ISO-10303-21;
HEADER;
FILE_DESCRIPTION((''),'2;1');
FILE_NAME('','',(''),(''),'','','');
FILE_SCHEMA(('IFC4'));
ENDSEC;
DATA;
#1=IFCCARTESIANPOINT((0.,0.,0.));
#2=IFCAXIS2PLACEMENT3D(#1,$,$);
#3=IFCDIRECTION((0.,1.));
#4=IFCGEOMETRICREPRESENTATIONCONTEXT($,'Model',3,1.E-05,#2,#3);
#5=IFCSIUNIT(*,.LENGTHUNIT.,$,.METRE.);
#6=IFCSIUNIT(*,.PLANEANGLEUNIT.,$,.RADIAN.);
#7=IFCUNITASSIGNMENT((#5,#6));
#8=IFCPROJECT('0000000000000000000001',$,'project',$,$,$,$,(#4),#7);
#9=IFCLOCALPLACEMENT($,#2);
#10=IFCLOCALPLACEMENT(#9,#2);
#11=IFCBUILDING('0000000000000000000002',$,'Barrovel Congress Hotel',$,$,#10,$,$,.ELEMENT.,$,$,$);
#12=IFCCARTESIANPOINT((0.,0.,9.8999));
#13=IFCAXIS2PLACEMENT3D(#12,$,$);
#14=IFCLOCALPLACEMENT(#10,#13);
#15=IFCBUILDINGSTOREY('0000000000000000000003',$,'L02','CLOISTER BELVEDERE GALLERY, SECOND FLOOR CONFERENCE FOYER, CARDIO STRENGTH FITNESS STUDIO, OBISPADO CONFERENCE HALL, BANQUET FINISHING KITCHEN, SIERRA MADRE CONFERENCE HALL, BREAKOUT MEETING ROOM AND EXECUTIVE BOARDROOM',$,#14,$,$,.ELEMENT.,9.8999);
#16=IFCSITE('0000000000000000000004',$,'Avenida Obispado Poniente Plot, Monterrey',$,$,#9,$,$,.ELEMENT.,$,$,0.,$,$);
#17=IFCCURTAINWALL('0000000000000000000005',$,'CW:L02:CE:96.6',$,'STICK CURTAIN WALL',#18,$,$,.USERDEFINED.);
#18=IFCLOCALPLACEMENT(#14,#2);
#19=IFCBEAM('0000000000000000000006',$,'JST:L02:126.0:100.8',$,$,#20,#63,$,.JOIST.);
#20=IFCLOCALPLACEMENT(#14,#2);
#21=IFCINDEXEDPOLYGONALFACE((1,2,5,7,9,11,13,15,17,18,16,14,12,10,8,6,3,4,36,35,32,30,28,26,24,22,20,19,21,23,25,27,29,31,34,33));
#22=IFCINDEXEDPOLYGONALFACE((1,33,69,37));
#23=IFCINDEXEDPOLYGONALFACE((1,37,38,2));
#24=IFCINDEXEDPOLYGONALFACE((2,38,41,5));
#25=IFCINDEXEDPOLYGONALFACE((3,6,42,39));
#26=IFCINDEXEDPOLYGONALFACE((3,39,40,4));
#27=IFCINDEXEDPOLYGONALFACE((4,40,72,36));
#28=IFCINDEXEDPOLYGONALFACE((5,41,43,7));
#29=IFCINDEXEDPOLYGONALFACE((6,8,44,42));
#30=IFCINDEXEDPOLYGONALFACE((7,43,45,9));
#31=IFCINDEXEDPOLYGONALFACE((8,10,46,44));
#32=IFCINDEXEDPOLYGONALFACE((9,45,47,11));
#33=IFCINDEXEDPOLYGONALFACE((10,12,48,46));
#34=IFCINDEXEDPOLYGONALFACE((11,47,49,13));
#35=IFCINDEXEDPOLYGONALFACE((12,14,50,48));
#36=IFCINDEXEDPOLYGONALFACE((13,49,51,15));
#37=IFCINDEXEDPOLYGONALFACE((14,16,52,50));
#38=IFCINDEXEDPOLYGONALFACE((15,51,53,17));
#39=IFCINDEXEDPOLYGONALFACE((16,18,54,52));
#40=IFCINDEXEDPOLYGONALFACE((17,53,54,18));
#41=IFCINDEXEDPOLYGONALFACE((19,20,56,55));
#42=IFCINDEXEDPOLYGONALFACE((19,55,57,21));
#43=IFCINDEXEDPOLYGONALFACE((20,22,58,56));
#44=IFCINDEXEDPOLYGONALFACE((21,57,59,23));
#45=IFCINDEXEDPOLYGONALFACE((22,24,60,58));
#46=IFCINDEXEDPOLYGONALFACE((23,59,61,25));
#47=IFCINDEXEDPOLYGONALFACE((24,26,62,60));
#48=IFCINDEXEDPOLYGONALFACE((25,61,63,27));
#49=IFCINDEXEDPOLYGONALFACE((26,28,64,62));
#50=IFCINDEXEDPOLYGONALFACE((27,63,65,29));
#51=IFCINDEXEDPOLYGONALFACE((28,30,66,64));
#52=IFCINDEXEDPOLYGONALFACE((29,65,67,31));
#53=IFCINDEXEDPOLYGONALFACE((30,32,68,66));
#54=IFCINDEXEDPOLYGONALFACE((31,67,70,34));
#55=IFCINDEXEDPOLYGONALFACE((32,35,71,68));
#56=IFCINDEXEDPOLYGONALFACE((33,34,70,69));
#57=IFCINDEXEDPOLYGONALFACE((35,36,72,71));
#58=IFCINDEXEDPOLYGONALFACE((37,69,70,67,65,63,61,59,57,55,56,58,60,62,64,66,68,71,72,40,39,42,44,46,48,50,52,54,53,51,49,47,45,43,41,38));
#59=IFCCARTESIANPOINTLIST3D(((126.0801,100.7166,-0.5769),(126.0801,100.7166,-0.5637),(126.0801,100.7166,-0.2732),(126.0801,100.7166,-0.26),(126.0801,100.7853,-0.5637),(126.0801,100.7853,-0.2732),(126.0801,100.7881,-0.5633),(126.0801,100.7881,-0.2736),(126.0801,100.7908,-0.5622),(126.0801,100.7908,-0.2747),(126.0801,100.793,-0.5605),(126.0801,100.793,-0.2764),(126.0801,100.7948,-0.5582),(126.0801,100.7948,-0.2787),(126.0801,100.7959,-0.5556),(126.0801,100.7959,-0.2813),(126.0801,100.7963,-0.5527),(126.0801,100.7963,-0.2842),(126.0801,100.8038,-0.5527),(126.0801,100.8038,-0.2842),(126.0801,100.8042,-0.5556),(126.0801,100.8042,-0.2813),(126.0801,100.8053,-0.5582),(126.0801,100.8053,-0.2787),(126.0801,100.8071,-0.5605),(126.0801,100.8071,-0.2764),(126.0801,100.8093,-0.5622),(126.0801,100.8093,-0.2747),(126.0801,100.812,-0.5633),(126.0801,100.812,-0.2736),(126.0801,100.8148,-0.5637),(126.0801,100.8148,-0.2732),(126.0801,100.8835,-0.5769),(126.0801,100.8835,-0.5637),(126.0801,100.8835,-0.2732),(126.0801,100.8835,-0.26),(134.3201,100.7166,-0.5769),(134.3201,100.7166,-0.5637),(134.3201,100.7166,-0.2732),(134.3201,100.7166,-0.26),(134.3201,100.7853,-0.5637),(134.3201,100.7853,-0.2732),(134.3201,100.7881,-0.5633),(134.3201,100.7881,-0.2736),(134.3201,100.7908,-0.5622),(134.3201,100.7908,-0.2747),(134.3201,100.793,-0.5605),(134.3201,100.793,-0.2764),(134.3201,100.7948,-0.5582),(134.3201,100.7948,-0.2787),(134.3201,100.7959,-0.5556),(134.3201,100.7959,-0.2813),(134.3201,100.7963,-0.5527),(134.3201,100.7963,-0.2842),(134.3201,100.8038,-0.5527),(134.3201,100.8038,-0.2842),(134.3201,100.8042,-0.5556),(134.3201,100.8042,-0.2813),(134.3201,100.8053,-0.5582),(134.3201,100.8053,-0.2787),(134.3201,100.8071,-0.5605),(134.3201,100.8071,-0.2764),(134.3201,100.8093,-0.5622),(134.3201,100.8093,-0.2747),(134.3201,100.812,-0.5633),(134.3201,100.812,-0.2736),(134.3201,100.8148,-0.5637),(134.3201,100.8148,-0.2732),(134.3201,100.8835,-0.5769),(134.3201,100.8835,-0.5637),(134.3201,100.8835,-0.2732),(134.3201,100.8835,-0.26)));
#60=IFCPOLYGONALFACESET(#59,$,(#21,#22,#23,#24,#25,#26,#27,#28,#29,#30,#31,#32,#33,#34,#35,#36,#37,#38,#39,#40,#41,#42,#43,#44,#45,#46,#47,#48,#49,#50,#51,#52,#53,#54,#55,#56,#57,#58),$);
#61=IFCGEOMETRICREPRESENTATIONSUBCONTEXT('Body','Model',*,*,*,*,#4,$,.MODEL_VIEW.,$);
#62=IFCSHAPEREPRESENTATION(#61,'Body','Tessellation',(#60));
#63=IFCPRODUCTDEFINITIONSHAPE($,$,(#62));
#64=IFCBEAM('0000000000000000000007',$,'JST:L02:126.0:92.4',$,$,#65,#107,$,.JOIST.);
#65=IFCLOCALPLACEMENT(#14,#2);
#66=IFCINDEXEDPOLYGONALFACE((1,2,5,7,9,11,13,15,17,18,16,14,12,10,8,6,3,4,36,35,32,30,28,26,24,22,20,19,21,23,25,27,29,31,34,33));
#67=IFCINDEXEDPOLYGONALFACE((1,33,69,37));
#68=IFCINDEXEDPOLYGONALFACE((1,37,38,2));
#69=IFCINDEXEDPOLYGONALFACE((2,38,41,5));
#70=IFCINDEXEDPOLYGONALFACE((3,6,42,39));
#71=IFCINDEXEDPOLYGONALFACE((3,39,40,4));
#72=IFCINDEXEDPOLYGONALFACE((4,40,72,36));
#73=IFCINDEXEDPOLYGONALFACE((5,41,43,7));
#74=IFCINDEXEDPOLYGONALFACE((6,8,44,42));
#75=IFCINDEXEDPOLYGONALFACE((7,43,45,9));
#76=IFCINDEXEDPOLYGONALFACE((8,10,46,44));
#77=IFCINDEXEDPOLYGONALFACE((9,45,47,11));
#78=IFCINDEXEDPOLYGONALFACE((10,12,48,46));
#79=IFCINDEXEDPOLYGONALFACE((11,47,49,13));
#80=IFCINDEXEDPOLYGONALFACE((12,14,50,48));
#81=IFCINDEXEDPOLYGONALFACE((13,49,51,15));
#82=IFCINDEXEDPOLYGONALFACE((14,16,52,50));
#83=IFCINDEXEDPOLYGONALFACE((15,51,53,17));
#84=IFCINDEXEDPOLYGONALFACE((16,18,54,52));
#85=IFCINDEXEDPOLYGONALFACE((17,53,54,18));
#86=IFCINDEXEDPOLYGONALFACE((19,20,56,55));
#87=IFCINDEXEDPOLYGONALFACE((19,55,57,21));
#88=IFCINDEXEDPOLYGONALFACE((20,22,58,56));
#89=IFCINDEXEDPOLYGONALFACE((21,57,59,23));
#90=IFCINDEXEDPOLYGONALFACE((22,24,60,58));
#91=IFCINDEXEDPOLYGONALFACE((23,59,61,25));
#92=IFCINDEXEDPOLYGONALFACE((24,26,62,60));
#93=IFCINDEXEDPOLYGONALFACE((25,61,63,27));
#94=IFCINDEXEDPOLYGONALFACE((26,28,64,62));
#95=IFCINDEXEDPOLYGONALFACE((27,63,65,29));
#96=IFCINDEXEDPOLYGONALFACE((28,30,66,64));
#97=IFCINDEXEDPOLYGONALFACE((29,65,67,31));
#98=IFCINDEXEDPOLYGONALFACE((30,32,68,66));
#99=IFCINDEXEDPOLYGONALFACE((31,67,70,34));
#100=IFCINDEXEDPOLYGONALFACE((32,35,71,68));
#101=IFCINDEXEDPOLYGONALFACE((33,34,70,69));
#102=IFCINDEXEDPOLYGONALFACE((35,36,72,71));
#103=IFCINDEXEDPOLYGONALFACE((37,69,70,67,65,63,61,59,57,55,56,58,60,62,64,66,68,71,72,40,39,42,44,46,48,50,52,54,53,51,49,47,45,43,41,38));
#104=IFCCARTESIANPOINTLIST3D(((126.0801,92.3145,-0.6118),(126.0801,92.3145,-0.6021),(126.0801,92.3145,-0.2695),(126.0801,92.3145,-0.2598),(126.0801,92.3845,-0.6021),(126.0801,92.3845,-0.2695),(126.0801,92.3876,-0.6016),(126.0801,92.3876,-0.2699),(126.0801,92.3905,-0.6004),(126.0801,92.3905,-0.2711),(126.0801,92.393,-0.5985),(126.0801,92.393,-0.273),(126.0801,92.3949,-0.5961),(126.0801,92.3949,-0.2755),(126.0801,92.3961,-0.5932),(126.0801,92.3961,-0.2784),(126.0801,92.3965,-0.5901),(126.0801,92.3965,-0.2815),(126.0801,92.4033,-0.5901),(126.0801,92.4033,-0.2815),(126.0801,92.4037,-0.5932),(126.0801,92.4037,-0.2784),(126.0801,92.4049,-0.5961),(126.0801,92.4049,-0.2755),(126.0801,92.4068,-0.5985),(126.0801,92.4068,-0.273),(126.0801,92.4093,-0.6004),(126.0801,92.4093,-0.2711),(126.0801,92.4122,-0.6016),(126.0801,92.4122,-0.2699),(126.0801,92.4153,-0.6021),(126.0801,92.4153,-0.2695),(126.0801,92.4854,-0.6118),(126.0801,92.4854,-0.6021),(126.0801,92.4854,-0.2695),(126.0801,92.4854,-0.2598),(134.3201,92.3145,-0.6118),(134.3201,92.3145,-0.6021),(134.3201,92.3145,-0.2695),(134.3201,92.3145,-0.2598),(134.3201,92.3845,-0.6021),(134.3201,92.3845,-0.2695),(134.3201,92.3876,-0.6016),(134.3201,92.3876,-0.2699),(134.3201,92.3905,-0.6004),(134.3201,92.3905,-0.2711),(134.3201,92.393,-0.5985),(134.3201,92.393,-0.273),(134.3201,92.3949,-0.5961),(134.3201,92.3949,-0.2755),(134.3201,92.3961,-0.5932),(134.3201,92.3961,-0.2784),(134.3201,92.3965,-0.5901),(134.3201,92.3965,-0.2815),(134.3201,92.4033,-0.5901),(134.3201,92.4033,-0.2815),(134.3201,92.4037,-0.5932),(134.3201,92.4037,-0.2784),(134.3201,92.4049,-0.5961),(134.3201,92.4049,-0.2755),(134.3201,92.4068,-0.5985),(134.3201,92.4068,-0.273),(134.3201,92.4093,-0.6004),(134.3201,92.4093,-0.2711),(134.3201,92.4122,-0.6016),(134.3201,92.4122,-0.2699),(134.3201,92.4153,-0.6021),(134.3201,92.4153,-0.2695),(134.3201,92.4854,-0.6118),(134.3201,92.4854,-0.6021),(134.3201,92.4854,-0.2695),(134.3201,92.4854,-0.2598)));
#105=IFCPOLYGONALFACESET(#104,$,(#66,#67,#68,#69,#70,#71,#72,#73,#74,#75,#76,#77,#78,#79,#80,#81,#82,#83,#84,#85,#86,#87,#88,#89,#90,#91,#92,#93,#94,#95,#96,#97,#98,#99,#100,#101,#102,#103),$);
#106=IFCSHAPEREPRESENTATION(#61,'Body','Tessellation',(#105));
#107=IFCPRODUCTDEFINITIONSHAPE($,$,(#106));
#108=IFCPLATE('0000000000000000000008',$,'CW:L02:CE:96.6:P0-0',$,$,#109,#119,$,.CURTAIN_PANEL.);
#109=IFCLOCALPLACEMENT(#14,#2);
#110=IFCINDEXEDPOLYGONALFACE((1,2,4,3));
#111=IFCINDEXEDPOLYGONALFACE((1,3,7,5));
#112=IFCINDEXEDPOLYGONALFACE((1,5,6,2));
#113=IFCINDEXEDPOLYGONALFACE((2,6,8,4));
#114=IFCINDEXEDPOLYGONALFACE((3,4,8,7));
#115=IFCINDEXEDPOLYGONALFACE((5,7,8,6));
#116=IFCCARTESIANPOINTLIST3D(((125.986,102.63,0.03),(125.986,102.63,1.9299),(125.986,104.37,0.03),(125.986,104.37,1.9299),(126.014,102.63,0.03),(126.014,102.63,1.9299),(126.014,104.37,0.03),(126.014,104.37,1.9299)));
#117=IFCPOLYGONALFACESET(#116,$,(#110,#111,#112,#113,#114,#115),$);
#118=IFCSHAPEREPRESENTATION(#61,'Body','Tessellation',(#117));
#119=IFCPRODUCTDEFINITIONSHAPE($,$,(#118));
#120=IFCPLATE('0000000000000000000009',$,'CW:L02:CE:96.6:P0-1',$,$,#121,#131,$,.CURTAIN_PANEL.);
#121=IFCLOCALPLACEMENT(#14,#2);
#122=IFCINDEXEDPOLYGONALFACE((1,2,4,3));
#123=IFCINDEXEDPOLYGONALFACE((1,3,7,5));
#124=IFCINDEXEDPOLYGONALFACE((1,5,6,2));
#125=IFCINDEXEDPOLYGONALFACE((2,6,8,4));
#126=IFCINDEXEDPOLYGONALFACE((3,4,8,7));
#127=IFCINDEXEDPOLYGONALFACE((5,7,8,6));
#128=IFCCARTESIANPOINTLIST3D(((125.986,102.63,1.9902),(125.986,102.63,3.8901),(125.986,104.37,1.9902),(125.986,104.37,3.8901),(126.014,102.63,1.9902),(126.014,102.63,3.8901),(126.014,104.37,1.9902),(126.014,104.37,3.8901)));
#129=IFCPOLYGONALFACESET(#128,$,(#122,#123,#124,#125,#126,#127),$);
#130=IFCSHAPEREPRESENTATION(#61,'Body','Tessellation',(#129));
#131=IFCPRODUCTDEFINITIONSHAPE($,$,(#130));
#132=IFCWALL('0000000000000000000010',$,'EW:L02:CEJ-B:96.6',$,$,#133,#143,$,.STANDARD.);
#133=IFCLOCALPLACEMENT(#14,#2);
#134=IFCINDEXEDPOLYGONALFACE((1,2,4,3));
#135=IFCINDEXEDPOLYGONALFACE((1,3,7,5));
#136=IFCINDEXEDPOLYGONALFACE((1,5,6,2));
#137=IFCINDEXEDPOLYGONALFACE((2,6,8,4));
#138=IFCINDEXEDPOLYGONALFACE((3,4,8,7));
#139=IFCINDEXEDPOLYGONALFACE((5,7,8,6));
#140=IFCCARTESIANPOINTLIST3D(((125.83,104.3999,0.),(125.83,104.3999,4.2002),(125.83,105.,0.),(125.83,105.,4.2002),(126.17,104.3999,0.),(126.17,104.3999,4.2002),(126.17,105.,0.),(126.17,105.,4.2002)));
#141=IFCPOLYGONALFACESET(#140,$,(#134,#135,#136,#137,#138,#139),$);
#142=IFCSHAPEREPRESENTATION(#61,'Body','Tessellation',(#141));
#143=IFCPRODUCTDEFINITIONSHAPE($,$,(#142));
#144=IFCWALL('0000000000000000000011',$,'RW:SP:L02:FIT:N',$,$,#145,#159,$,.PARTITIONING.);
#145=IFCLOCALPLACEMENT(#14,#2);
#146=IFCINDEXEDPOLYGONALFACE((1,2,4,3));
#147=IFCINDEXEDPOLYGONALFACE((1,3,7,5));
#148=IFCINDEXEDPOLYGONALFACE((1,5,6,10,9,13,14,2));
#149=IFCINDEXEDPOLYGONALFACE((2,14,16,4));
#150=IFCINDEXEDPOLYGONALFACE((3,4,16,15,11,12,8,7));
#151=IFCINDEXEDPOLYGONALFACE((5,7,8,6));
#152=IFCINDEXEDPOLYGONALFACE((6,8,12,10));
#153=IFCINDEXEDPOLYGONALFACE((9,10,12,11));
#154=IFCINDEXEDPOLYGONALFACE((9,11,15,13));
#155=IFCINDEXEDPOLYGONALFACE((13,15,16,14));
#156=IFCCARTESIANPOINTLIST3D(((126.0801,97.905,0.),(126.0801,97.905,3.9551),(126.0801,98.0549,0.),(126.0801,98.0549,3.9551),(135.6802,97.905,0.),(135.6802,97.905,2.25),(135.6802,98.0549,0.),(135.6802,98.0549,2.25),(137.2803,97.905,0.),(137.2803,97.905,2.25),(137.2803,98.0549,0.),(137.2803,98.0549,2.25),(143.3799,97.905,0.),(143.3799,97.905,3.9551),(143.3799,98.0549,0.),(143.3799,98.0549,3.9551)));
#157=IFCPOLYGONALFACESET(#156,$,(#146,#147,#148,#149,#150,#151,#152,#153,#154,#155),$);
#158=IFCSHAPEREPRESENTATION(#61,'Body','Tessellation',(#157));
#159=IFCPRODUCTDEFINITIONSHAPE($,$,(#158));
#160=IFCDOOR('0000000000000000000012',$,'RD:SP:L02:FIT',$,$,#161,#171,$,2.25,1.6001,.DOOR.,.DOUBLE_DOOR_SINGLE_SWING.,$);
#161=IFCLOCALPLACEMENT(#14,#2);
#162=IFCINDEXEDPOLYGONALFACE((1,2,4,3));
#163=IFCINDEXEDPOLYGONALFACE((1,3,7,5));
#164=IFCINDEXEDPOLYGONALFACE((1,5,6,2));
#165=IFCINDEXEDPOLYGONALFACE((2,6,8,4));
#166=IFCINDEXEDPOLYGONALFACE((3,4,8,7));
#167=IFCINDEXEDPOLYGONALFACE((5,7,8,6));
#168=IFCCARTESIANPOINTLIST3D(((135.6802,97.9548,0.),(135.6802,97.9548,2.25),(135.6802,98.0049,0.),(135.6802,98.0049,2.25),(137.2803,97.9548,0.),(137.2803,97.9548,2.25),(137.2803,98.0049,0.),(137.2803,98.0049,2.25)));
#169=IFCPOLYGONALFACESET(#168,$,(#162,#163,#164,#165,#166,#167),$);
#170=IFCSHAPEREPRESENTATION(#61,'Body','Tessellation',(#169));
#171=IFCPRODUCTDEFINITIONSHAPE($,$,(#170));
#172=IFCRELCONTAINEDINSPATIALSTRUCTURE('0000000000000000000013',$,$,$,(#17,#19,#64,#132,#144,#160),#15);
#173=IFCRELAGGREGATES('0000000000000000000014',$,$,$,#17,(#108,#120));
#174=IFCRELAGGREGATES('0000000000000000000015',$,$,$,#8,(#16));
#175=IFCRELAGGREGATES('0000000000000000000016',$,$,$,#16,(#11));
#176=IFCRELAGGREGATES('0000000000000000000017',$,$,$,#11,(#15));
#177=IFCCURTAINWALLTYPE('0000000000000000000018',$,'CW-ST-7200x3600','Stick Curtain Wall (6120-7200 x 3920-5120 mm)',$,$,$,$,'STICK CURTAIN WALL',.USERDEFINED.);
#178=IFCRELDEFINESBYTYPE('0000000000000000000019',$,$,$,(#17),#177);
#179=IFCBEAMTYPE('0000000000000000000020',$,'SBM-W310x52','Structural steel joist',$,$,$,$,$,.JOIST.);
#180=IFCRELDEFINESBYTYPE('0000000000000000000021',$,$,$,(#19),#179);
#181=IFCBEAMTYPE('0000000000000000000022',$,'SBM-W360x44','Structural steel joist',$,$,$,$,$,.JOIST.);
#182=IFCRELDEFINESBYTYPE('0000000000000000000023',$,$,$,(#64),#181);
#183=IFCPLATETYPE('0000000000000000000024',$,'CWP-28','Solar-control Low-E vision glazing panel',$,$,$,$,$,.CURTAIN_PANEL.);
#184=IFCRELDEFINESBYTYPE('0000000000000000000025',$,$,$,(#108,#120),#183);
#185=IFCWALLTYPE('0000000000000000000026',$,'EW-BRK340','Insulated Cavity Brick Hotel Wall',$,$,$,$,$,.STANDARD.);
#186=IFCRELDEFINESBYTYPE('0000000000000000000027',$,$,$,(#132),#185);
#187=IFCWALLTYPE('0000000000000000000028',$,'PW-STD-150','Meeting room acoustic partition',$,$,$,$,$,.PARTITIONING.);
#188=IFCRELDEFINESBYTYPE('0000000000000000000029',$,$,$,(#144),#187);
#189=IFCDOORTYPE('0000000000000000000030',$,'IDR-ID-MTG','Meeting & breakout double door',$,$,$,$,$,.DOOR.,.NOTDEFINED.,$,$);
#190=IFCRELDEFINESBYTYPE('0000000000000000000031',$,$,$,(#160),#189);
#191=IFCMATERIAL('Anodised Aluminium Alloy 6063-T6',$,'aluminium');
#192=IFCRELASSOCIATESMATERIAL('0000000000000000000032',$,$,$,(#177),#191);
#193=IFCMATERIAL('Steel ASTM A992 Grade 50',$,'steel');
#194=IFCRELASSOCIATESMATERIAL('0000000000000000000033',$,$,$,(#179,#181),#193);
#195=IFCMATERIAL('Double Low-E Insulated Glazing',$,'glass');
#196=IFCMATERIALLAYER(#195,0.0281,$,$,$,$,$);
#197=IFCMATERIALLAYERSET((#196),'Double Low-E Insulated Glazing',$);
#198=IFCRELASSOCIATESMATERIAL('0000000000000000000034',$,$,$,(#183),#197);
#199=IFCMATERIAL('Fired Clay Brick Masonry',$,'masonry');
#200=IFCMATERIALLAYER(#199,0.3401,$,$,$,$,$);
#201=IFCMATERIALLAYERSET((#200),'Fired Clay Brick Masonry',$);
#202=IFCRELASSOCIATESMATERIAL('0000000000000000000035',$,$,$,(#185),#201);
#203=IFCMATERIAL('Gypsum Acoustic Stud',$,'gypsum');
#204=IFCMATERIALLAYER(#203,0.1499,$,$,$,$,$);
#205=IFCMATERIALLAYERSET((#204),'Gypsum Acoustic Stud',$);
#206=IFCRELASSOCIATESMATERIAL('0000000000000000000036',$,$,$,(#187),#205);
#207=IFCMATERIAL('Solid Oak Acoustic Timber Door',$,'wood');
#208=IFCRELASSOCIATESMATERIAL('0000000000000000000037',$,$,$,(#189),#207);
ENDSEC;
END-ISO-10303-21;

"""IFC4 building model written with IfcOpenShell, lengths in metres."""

from ifc_helpers import new_model, si_unit, direction, frame, frame_2d, origin, origin_2d, place, context, subcontext, project, spatial, rectangle, i_section, extrude, material, layer, layer_set, material_profile, profile_set, type_object, element, fill, aggregate, save


model = new_model("IFC4")

# Units and contexts
model_context = context("Model", 3, precision=1e-05, world=origin(), true_north=direction((0.0, 1.0)))
body_context = subcontext(model_context, "Body", "Model", "MODEL_VIEW")
ifc_project = project(units=[si_unit("LENGTHUNIT", "METRE"), si_unit("PLANEANGLEUNIT", "RADIAN")], contexts=[model_context])

# Site, building, storey
site_placement = place(None, origin())
site = spatial("IfcSite", under=ifc_project, at=site_placement, Name="Avenida Obispado Poniente Plot, Monterrey", CompositionType="ELEMENT", RefElevation=0.0)
building_placement = place(site_placement, origin())
building = spatial("IfcBuilding", under=site, at=building_placement, Name="Barrovel Congress Hotel", CompositionType="ELEMENT")
storey_placement = place(building_placement, frame((0.0, 0.0, 9.8999)))
storey = spatial("IfcBuildingStorey", under=building, at=storey_placement, Name="L02", Description="CLOISTER BELVEDERE GALLERY, SECOND FLOOR CONFERENCE FOYER, CARDIO STRENGTH FITNESS STUDIO, OBISPADO CONFERENCE HALL, BANQUET FINISHING KITCHEN, SIERRA MADRE CONFERENCE HALL, BREAKOUT MEETING ROOM AND EXECUTIVE BOARDROOM", CompositionType="ELEMENT", Elevation=9.8999)

# Curtain wall
ifc_material_1 = material(Name="Anodised Aluminium Alloy 6063-T6", Category="aluminium")
curtain_wall_type = type_object("IfcCurtainWallType", Name="CW-ST-7200x3600", Description="Stick Curtain Wall (6120-7200 x 3920-5120 mm)", ElementType="STICK CURTAIN WALL", PredefinedType="USERDEFINED", material=ifc_material_1)
curtain_wall_placement = place(storey_placement, origin())
curtain_wall = element("IfcCurtainWall", 1, at=curtain_wall_placement, inside=storey, type_object=curtain_wall_type, Name="CW:L02:CE:96.6", ObjectType="STICK CURTAIN WALL", PredefinedType="USERDEFINED")

# Beams
ifc_material_2 = material(Name="Steel ASTM A992 Grade 50", Category="steel")
ifc_material_profile_1 = material_profile(ifc_material_2, i_section(OverallWidth=0.167, OverallDepth=0.3169, WebThickness=0.0076, FlangeThickness=0.0132, FilletRadius=0.011, at=origin_2d()), Name="W310x52")
ifc_profile_set_1 = profile_set([ifc_material_profile_1], Name="Steel ASTM A992 Grade 50")
beam_type_1 = type_object("IfcBeamType", Name="SBM-W310x52", Description="Structural steel joist", PredefinedType="JOIST", material=ifc_profile_set_1)
beam_1_placement = place(storey_placement, frame((126.0801, 100.8, -0.4185), z_axis=(1.0, 0.0, 0.0), x_axis=(0.0, 1.0, 0.0)))
element("IfcBeam", 2, at=beam_1_placement, inside=storey, type_object=beam_type_1, Name="JST:L02:126.0:100.8", PredefinedType="JOIST", context=body_context, shape_type="SweptSolid", body=[
    extrude(i_section(OverallWidth=0.167, OverallDepth=0.3169, WebThickness=0.0076, FlangeThickness=0.0132, FilletRadius=0.011, at=origin_2d()), origin(), (0.0, 0.0, 1.0), 8.24),
])
ifc_material_profile_2 = material_profile(ifc_material_2, i_section(OverallWidth=0.1709, OverallDepth=0.3521, WebThickness=0.0068, FlangeThickness=0.0098, FilletRadius=0.012, at=origin_2d()), Name="W360x44")
ifc_profile_set_2 = profile_set([ifc_material_profile_2], Name="Steel ASTM A992 Grade 50")
beam_type_2 = type_object("IfcBeamType", Name="SBM-W360x44", Description="Structural steel joist", PredefinedType="JOIST", material=ifc_profile_set_2)
beam_2_placement = place(storey_placement, frame((126.0801, 92.3999, -0.4358), z_axis=(1.0, 0.0, 0.0), x_axis=(0.0, 1.0, 0.0)))
element("IfcBeam", 3, at=beam_2_placement, inside=storey, type_object=beam_type_2, Name="JST:L02:126.0:92.4", PredefinedType="JOIST", context=body_context, shape_type="SweptSolid", body=[
    extrude(i_section(OverallWidth=0.1709, OverallDepth=0.3521, WebThickness=0.0068, FlangeThickness=0.0098, FilletRadius=0.012, at=origin_2d()), origin(), (0.0, 0.0, 1.0), 8.24),
])

# Plates
ifc_material_3 = material(Name="Double Low-E Insulated Glazing", Category="glass")
ifc_layer_1 = layer(ifc_material_3, 0.0281)
ifc_layer_set_1 = layer_set([ifc_layer_1], Name="Double Low-E Insulated Glazing")
plate_type = type_object("IfcPlateType", Name="CWP-28", Description="Solar-control Low-E vision glazing panel", PredefinedType="CURTAIN_PANEL", material=ifc_layer_set_1)
plate_1_placement = place(storey_placement, frame((126.0, 103.5, 0.03), z_axis=(0.0, 0.0, 1.0), x_axis=(0.0, -1.0, 0.0)))
plate_1 = element("IfcPlate", 4, at=plate_1_placement, type_object=plate_type, Name="CW:L02:CE:96.6:P0-0", PredefinedType="CURTAIN_PANEL", context=body_context, shape_type="SweptSolid", body=[
    extrude(rectangle(XDim=1.74, YDim=0.0281, at=origin_2d()), origin(), (0.0, 0.0, 1.0), 1.8999),
])
plate_2_placement = place(storey_placement, frame((126.0, 103.5, 1.9902), z_axis=(0.0, 0.0, 1.0), x_axis=(0.0, -1.0, 0.0)))
plate_2 = element("IfcPlate", 5, at=plate_2_placement, type_object=plate_type, Name="CW:L02:CE:96.6:P0-1", PredefinedType="CURTAIN_PANEL", context=body_context, shape_type="SweptSolid", body=[
    extrude(rectangle(XDim=1.74, YDim=0.0281, at=origin_2d()), origin(), (0.0, 0.0, 1.0), 1.8999),
])
aggregate(curtain_wall, [plate_1, plate_2])

# Wall
ifc_material_4 = material(Name="Fired Clay Brick Masonry", Category="masonry")
ifc_layer_2 = layer(ifc_material_4, 0.3401)
ifc_layer_set_2 = layer_set([ifc_layer_2], Name="Fired Clay Brick Masonry")
wall_type_1 = type_object("IfcWallType", Name="EW-BRK340", Description="Insulated Cavity Brick Hotel Wall", PredefinedType="STANDARD", material=ifc_layer_set_2)
wall_1_placement = place(storey_placement, frame((126.0, 105.0, 0.0), z_axis=(0.0, 0.0, 1.0), x_axis=(0.0, -1.0, 0.0)))
element("IfcWall", 6, at=wall_1_placement, inside=storey, type_object=wall_type_1, Name="EW:L02:CEJ-B:96.6", PredefinedType="STANDARD", context=body_context, shape_type="SweptSolid", body=[
    extrude(rectangle(XDim=0.6001, YDim=0.3401, at=frame_2d((0.3, 0.0))), origin(), (0.0, 0.0, 1.0), 4.2002),
])

# Wall, opening, door
ifc_material_5 = material(Name="Gypsum Acoustic Stud", Category="gypsum")
ifc_layer_3 = layer(ifc_material_5, 0.1499)
ifc_layer_set_3 = layer_set([ifc_layer_3], Name="Gypsum Acoustic Stud")
wall_type_2 = type_object("IfcWallType", Name="PW-STD-150", Description="Meeting room acoustic partition", PredefinedType="PARTITIONING", material=ifc_layer_set_3)
wall_2_placement = place(storey_placement, frame((126.0801, 97.98, 0.0), z_axis=(0.0, 0.0, 1.0), x_axis=(1.0, 0.0, 0.0)))
wall_2 = element("IfcWall", 7, at=wall_2_placement, inside=storey, type_object=wall_type_2, Name="RW:SP:L02:FIT:N", PredefinedType="PARTITIONING", context=body_context, shape_type="SweptSolid", body=[
    extrude(rectangle(XDim=17.2998, YDim=0.1499, at=frame_2d((8.6499, 0.0))), origin(), (0.0, 0.0, 1.0), 3.9551),
])
opening_1_placement = place(wall_2_placement, frame((9.6001, 0.0, 0.0)))
opening_1 = element("IfcOpeningElement", 8, at=opening_1_placement, cuts=wall_2, PredefinedType="OPENING", context=body_context, shape_type="SweptSolid", body=[
    extrude(rectangle(XDim=1.6001, YDim=2.25, at=frame_2d((0.8, 1.125))), frame((0.0, 0.085, 0.0), z_axis=(0.0, -1.0, 0.0), x_axis=(1.0, 0.0, 0.0)), (0.0, 0.0, 1.0), 0.1699),
])
ifc_material_6 = material(Name="Solid Oak Acoustic Timber Door", Category="wood")
door_type_1 = type_object("IfcDoorType", Name="IDR-ID-MTG", Description="Meeting & breakout double door", OperationType="NOTDEFINED", PredefinedType="DOOR", material=ifc_material_6)
door_1_placement = place(opening_1_placement, origin())
door_1 = element("IfcDoor", 9, at=door_1_placement, inside=storey, type_object=door_type_1, Name="RD:SP:L02:FIT", OperationType="DOUBLE_DOOR_SINGLE_SWING", OverallHeight=2.25, OverallWidth=1.6001, PredefinedType="DOOR", context=body_context, shape_type="SweptSolid", body=[
    extrude(rectangle(XDim=1.6001, YDim=2.25, at=frame_2d((0.8, 1.125))), frame((0.0, 0.0249, 0.0), z_axis=(0.0, -1.0, 0.0), x_axis=(1.0, 0.0, 0.0)), (0.0, 0.0, 1.0), 0.05),
])
fill(opening_1, door_1)

save(model, "model.ifc")
